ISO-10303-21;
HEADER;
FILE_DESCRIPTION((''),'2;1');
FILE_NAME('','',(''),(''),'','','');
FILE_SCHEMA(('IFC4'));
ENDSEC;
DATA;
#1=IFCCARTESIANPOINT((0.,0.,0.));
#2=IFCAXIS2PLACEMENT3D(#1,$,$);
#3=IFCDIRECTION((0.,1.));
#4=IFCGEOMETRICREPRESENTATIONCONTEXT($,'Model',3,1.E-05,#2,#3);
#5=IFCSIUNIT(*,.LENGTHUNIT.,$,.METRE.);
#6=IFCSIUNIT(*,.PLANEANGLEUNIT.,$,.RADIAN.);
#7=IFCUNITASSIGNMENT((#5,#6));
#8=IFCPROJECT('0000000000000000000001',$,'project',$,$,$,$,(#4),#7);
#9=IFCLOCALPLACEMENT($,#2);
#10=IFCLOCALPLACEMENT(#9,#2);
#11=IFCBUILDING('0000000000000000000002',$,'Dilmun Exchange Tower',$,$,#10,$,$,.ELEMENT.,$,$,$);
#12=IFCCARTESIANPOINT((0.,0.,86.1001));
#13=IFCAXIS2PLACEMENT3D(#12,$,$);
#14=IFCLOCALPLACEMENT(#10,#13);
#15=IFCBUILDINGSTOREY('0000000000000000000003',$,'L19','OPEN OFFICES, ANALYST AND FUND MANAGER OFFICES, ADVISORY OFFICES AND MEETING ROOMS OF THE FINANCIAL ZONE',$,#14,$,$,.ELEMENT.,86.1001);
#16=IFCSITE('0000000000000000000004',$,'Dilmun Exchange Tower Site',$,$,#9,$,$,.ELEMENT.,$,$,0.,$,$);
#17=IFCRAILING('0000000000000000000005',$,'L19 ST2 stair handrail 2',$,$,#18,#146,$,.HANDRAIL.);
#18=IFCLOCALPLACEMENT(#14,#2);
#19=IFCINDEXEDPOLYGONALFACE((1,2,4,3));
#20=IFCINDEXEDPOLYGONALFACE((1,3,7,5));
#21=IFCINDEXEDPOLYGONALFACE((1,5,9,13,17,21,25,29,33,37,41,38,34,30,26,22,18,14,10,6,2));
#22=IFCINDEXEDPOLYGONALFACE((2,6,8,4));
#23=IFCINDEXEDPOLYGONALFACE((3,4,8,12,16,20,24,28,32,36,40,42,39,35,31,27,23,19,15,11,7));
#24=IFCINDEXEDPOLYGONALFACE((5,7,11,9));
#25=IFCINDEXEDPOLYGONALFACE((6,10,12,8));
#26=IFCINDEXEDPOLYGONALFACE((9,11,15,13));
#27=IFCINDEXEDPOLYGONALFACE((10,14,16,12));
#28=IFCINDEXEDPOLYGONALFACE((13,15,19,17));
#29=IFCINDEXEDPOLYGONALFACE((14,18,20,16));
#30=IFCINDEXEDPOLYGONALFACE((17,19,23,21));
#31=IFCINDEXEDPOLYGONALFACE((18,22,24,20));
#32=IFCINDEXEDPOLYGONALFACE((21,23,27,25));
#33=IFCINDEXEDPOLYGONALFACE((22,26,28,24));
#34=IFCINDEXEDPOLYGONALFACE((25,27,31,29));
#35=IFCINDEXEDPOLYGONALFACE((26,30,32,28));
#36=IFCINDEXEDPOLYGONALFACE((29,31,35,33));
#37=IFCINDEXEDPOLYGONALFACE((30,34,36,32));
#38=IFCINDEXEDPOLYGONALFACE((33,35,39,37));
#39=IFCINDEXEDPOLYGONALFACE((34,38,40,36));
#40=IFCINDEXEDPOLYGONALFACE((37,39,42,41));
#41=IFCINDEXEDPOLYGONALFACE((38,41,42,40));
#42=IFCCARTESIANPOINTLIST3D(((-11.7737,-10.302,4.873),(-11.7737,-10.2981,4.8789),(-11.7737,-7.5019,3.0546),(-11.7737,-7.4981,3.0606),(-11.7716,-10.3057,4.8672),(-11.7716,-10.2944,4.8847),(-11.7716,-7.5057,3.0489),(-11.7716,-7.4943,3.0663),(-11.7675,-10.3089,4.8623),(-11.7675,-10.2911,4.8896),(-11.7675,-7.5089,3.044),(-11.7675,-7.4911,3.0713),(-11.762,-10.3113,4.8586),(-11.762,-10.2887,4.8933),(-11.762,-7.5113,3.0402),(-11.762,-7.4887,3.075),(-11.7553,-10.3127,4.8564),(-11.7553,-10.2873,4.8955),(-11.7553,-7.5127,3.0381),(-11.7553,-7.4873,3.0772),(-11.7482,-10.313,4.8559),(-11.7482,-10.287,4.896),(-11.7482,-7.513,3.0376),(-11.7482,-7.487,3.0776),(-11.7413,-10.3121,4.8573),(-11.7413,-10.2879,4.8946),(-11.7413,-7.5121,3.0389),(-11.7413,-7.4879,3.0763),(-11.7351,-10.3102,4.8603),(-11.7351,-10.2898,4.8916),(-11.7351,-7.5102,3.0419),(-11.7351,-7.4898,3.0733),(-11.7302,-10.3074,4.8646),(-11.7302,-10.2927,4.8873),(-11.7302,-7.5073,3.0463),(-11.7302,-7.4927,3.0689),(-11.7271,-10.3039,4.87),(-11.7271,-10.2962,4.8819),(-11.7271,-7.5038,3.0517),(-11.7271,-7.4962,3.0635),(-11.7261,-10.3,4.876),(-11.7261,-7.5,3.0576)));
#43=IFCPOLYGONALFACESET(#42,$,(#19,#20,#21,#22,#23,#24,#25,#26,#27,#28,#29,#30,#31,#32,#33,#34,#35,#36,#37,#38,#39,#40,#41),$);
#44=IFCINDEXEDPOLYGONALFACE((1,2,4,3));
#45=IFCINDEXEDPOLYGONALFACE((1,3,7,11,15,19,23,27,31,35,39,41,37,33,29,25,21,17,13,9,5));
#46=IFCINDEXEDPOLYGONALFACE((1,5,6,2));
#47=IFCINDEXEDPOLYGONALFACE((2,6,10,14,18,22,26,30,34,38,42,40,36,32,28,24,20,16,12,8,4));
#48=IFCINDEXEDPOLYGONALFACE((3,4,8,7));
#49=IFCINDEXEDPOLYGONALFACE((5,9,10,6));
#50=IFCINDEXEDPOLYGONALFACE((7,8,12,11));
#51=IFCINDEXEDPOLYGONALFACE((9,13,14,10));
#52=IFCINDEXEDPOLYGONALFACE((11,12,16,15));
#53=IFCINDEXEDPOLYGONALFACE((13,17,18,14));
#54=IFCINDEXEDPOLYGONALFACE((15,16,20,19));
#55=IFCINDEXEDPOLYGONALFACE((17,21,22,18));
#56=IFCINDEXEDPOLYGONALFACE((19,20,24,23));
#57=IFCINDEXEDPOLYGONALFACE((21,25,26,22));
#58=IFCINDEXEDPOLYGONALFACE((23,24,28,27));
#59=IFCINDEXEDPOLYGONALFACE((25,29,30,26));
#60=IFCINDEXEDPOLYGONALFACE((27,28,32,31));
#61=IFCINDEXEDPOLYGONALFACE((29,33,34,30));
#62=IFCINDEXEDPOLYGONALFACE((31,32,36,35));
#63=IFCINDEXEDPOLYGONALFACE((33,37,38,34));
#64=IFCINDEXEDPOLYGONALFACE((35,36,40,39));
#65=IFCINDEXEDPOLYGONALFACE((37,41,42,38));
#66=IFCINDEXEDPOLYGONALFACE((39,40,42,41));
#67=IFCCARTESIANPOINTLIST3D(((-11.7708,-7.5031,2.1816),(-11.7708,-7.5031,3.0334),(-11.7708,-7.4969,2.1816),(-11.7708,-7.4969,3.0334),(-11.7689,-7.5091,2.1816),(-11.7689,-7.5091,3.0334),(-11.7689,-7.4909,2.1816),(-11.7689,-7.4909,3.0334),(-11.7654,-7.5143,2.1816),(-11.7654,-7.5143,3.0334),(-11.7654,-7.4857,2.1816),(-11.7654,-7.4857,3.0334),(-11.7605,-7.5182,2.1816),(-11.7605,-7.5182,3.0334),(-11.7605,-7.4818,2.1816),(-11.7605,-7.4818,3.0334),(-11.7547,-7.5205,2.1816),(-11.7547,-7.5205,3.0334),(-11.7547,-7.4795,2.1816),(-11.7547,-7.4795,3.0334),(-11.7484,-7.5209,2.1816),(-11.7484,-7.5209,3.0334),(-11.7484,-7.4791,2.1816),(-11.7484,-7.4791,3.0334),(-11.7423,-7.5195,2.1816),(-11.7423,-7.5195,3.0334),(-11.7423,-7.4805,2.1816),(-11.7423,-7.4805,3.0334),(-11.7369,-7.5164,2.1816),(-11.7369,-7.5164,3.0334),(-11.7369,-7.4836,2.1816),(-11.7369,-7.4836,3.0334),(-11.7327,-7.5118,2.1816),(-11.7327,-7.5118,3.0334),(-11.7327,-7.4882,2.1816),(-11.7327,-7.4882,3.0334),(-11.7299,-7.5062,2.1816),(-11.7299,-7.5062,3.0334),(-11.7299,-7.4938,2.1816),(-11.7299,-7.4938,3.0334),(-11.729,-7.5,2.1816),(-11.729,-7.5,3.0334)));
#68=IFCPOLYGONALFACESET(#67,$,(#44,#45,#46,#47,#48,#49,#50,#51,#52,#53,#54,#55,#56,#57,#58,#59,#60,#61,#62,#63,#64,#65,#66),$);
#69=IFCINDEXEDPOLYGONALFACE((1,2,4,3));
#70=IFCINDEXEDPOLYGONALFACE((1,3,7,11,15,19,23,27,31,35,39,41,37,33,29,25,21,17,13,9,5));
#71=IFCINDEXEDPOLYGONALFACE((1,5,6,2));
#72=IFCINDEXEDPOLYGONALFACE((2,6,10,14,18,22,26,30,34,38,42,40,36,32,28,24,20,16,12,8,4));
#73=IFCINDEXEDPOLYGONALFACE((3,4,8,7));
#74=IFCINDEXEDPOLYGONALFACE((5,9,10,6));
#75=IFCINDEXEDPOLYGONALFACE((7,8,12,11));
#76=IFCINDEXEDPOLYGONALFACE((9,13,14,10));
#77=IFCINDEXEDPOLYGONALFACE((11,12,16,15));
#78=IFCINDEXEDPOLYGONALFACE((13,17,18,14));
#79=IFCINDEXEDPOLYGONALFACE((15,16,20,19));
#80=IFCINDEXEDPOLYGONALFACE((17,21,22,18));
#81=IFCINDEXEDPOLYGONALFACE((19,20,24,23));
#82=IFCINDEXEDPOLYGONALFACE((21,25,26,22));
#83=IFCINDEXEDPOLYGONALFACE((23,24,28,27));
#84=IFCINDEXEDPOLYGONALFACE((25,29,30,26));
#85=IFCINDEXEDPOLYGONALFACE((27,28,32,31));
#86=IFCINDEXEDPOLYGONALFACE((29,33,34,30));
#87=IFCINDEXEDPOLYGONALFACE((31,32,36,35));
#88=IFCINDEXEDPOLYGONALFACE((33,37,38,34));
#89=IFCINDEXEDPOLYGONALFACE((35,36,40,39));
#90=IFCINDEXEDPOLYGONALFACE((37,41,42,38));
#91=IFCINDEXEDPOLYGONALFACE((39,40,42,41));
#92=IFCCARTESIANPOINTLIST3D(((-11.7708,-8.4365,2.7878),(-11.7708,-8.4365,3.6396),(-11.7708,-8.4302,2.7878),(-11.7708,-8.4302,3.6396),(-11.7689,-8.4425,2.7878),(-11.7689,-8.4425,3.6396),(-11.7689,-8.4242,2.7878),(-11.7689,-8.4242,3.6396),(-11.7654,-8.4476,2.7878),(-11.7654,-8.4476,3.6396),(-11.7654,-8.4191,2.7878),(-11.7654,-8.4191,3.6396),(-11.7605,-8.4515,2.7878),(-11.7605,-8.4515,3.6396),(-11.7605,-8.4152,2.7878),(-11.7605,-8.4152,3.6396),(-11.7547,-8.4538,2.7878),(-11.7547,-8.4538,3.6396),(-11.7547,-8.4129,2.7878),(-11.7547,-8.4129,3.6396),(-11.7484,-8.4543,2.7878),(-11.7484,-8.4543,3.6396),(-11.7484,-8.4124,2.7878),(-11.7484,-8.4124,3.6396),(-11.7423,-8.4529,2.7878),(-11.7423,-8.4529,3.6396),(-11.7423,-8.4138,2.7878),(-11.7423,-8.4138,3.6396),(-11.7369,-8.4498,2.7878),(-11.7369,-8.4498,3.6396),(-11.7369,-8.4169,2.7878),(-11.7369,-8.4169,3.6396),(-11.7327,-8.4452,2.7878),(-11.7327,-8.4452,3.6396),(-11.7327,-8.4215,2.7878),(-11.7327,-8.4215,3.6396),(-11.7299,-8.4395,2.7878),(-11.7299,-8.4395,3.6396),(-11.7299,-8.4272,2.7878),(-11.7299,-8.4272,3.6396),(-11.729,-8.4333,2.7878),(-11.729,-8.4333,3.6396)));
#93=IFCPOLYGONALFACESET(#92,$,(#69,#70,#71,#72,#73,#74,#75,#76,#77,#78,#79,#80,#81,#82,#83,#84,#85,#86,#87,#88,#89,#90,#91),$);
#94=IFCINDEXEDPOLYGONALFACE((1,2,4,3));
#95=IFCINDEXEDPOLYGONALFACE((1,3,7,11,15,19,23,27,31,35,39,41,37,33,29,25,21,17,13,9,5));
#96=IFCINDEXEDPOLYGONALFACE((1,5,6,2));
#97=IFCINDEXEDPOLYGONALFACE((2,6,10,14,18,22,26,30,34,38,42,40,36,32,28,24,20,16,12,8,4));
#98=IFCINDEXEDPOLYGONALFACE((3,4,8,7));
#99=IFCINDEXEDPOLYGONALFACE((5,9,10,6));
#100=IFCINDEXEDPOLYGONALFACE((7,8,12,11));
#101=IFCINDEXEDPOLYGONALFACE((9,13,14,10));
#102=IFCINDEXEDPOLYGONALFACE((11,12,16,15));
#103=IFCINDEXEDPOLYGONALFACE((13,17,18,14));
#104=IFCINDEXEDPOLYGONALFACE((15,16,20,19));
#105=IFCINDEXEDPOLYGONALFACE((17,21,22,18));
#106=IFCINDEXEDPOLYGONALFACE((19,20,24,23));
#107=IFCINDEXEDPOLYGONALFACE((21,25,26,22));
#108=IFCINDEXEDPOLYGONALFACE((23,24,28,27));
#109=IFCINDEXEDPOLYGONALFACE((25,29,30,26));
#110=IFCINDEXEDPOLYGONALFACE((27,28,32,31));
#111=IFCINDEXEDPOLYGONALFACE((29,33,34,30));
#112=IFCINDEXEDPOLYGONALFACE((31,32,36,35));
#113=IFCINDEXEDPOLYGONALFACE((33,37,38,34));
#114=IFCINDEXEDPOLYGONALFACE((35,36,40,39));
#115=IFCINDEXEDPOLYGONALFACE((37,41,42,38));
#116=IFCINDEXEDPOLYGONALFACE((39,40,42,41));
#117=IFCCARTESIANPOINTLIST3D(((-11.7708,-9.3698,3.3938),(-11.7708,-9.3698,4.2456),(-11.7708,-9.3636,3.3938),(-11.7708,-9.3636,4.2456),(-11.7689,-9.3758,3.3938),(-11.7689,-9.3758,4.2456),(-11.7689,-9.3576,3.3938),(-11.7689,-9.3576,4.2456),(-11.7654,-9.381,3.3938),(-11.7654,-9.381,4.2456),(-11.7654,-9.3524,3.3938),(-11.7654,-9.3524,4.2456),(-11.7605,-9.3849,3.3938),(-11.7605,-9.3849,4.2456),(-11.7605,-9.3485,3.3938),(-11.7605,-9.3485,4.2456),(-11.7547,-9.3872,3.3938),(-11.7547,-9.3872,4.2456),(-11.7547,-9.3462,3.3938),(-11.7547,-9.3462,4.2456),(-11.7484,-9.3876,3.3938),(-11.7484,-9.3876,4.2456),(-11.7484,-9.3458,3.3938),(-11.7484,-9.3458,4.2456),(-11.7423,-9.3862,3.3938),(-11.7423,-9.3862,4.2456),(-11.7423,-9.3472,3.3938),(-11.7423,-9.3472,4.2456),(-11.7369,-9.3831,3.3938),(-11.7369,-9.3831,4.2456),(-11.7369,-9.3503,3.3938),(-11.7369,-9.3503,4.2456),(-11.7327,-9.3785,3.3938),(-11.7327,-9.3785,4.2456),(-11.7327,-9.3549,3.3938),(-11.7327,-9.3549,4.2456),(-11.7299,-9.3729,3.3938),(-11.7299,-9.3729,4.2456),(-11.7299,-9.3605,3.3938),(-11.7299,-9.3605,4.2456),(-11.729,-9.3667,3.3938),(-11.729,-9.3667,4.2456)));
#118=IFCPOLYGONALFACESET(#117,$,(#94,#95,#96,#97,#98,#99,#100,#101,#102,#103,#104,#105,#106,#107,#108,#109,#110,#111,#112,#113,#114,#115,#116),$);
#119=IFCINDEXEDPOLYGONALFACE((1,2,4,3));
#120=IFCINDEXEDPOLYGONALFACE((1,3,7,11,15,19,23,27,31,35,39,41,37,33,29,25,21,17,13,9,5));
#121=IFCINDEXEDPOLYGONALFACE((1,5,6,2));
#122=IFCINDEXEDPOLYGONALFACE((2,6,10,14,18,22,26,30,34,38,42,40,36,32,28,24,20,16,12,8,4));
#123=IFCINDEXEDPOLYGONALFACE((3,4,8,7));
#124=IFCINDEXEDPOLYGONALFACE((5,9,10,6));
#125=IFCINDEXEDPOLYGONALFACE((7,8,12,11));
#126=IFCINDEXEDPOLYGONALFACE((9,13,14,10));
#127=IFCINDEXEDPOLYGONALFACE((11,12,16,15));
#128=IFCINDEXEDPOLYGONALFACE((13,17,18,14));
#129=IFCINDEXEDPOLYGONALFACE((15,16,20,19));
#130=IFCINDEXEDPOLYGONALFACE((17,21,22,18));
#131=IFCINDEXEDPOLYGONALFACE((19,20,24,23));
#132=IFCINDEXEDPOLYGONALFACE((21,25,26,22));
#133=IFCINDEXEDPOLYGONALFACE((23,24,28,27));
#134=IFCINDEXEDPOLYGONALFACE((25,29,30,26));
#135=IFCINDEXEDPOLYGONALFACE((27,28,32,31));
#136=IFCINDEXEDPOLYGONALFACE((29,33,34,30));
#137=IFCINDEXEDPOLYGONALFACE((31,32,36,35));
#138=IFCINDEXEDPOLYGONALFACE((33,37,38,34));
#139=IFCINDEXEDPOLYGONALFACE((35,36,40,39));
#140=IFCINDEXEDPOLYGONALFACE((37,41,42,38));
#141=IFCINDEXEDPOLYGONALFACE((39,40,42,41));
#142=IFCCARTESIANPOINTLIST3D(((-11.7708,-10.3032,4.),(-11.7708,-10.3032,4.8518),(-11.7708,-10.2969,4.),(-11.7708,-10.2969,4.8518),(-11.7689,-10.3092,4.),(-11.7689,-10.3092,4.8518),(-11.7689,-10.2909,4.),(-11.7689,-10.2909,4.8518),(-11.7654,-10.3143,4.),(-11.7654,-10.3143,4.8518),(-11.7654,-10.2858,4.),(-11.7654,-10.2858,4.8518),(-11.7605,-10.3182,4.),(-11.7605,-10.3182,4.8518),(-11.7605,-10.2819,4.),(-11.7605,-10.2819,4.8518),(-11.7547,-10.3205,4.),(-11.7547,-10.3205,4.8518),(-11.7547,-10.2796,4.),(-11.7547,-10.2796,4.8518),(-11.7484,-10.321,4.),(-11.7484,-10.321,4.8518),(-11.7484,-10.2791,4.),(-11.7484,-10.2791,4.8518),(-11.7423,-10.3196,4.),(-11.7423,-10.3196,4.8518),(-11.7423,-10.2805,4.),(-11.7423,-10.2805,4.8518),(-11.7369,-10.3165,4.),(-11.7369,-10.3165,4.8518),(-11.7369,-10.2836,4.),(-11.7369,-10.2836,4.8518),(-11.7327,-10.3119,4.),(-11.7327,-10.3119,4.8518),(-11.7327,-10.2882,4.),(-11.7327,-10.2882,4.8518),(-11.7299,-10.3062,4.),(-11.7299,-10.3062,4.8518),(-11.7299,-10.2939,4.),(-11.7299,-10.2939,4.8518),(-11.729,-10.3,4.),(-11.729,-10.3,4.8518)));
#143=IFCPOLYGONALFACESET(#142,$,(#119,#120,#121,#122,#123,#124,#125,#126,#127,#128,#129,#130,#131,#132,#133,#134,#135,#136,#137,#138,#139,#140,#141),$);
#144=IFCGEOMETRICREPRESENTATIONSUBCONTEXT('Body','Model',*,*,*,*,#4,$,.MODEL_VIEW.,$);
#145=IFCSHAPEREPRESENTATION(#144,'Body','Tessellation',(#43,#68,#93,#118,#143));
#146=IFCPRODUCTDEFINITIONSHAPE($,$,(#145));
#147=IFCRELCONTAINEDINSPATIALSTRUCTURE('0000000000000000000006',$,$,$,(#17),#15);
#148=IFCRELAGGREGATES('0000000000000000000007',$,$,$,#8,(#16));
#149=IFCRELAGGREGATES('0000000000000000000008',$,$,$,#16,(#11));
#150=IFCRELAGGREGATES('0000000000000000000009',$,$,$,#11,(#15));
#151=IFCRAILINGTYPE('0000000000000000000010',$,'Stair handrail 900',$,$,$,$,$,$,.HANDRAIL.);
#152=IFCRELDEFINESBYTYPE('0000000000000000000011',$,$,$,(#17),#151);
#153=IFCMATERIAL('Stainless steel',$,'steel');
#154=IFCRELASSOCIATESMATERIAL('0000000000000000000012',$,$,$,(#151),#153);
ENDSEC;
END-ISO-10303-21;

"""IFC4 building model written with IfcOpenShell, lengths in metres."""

from ifc_helpers import new_model, si_unit, direction, frame, origin, origin_2d, place, context, subcontext, project, spatial, circle, extrude, material, type_object, element, save


model = new_model("IFC4")

# Units and contexts
model_context = context("Model", 3, precision=1e-05, world=origin(), true_north=direction((0.0, 1.0)))
body_context = subcontext(model_context, "Body", "Model", "MODEL_VIEW")
ifc_project = project(units=[si_unit("LENGTHUNIT", "METRE"), si_unit("PLANEANGLEUNIT", "RADIAN")], contexts=[model_context])

# Site, building, storey
site_placement = place(None, origin())
site = spatial("IfcSite", under=ifc_project, at=site_placement, Name="Dilmun Exchange Tower Site", CompositionType="ELEMENT", RefElevation=0.0)
building_placement = place(site_placement, origin())
building = spatial("IfcBuilding", under=site, at=building_placement, Name="Dilmun Exchange Tower", CompositionType="ELEMENT")
storey_placement = place(building_placement, frame((0.0, 0.0, 86.1001)))
storey = spatial("IfcBuildingStorey", under=building, at=storey_placement, Name="L19", Description="OPEN OFFICES, ANALYST AND FUND MANAGER OFFICES, ADVISORY OFFICES AND MEETING ROOMS OF THE FINANCIAL ZONE", CompositionType="ELEMENT", Elevation=86.1001)

# Railing
ifc_material_1 = material(Name="Stainless steel", Category="steel")
railing_type = type_object("IfcRailingType", Name="Stair handrail 900", PredefinedType="HANDRAIL", material=ifc_material_1)
railing_placement = place(storey_placement, frame((-11.75, -7.5, 2.1816)))
element("IfcRailing", 1, at=railing_placement, inside=storey, type_object=railing_type, Name="L19 ST2 stair handrail 2", PredefinedType="HANDRAIL", context=body_context, shape_type="SweptSolid", body=[
    extrude(circle(Radius=0.0239, at=origin_2d()), frame((0.0, 0.0, 0.876), z_axis=(0.0, -0.838672, 0.544636), x_axis=(1.0, 0.0, 0.0)), (0.0, 0.0, 1.0), 3.3386),
    extrude(circle(Radius=0.021, at=origin_2d()), origin(), (0.0, 0.0, 1.0), 0.8518),
    extrude(circle(Radius=0.021, at=origin_2d()), frame((0.0, -0.9333, 0.6062)), (0.0, 0.0, 1.0), 0.8518),
    extrude(circle(Radius=0.021, at=origin_2d()), frame((0.0, -1.8667, 1.2122)), (0.0, 0.0, 1.0), 0.8518),
    extrude(circle(Radius=0.021, at=origin_2d()), frame((0.0, -2.8, 1.8184)), (0.0, 0.0, 1.0), 0.8518),
])

save(model, "model.ifc")
